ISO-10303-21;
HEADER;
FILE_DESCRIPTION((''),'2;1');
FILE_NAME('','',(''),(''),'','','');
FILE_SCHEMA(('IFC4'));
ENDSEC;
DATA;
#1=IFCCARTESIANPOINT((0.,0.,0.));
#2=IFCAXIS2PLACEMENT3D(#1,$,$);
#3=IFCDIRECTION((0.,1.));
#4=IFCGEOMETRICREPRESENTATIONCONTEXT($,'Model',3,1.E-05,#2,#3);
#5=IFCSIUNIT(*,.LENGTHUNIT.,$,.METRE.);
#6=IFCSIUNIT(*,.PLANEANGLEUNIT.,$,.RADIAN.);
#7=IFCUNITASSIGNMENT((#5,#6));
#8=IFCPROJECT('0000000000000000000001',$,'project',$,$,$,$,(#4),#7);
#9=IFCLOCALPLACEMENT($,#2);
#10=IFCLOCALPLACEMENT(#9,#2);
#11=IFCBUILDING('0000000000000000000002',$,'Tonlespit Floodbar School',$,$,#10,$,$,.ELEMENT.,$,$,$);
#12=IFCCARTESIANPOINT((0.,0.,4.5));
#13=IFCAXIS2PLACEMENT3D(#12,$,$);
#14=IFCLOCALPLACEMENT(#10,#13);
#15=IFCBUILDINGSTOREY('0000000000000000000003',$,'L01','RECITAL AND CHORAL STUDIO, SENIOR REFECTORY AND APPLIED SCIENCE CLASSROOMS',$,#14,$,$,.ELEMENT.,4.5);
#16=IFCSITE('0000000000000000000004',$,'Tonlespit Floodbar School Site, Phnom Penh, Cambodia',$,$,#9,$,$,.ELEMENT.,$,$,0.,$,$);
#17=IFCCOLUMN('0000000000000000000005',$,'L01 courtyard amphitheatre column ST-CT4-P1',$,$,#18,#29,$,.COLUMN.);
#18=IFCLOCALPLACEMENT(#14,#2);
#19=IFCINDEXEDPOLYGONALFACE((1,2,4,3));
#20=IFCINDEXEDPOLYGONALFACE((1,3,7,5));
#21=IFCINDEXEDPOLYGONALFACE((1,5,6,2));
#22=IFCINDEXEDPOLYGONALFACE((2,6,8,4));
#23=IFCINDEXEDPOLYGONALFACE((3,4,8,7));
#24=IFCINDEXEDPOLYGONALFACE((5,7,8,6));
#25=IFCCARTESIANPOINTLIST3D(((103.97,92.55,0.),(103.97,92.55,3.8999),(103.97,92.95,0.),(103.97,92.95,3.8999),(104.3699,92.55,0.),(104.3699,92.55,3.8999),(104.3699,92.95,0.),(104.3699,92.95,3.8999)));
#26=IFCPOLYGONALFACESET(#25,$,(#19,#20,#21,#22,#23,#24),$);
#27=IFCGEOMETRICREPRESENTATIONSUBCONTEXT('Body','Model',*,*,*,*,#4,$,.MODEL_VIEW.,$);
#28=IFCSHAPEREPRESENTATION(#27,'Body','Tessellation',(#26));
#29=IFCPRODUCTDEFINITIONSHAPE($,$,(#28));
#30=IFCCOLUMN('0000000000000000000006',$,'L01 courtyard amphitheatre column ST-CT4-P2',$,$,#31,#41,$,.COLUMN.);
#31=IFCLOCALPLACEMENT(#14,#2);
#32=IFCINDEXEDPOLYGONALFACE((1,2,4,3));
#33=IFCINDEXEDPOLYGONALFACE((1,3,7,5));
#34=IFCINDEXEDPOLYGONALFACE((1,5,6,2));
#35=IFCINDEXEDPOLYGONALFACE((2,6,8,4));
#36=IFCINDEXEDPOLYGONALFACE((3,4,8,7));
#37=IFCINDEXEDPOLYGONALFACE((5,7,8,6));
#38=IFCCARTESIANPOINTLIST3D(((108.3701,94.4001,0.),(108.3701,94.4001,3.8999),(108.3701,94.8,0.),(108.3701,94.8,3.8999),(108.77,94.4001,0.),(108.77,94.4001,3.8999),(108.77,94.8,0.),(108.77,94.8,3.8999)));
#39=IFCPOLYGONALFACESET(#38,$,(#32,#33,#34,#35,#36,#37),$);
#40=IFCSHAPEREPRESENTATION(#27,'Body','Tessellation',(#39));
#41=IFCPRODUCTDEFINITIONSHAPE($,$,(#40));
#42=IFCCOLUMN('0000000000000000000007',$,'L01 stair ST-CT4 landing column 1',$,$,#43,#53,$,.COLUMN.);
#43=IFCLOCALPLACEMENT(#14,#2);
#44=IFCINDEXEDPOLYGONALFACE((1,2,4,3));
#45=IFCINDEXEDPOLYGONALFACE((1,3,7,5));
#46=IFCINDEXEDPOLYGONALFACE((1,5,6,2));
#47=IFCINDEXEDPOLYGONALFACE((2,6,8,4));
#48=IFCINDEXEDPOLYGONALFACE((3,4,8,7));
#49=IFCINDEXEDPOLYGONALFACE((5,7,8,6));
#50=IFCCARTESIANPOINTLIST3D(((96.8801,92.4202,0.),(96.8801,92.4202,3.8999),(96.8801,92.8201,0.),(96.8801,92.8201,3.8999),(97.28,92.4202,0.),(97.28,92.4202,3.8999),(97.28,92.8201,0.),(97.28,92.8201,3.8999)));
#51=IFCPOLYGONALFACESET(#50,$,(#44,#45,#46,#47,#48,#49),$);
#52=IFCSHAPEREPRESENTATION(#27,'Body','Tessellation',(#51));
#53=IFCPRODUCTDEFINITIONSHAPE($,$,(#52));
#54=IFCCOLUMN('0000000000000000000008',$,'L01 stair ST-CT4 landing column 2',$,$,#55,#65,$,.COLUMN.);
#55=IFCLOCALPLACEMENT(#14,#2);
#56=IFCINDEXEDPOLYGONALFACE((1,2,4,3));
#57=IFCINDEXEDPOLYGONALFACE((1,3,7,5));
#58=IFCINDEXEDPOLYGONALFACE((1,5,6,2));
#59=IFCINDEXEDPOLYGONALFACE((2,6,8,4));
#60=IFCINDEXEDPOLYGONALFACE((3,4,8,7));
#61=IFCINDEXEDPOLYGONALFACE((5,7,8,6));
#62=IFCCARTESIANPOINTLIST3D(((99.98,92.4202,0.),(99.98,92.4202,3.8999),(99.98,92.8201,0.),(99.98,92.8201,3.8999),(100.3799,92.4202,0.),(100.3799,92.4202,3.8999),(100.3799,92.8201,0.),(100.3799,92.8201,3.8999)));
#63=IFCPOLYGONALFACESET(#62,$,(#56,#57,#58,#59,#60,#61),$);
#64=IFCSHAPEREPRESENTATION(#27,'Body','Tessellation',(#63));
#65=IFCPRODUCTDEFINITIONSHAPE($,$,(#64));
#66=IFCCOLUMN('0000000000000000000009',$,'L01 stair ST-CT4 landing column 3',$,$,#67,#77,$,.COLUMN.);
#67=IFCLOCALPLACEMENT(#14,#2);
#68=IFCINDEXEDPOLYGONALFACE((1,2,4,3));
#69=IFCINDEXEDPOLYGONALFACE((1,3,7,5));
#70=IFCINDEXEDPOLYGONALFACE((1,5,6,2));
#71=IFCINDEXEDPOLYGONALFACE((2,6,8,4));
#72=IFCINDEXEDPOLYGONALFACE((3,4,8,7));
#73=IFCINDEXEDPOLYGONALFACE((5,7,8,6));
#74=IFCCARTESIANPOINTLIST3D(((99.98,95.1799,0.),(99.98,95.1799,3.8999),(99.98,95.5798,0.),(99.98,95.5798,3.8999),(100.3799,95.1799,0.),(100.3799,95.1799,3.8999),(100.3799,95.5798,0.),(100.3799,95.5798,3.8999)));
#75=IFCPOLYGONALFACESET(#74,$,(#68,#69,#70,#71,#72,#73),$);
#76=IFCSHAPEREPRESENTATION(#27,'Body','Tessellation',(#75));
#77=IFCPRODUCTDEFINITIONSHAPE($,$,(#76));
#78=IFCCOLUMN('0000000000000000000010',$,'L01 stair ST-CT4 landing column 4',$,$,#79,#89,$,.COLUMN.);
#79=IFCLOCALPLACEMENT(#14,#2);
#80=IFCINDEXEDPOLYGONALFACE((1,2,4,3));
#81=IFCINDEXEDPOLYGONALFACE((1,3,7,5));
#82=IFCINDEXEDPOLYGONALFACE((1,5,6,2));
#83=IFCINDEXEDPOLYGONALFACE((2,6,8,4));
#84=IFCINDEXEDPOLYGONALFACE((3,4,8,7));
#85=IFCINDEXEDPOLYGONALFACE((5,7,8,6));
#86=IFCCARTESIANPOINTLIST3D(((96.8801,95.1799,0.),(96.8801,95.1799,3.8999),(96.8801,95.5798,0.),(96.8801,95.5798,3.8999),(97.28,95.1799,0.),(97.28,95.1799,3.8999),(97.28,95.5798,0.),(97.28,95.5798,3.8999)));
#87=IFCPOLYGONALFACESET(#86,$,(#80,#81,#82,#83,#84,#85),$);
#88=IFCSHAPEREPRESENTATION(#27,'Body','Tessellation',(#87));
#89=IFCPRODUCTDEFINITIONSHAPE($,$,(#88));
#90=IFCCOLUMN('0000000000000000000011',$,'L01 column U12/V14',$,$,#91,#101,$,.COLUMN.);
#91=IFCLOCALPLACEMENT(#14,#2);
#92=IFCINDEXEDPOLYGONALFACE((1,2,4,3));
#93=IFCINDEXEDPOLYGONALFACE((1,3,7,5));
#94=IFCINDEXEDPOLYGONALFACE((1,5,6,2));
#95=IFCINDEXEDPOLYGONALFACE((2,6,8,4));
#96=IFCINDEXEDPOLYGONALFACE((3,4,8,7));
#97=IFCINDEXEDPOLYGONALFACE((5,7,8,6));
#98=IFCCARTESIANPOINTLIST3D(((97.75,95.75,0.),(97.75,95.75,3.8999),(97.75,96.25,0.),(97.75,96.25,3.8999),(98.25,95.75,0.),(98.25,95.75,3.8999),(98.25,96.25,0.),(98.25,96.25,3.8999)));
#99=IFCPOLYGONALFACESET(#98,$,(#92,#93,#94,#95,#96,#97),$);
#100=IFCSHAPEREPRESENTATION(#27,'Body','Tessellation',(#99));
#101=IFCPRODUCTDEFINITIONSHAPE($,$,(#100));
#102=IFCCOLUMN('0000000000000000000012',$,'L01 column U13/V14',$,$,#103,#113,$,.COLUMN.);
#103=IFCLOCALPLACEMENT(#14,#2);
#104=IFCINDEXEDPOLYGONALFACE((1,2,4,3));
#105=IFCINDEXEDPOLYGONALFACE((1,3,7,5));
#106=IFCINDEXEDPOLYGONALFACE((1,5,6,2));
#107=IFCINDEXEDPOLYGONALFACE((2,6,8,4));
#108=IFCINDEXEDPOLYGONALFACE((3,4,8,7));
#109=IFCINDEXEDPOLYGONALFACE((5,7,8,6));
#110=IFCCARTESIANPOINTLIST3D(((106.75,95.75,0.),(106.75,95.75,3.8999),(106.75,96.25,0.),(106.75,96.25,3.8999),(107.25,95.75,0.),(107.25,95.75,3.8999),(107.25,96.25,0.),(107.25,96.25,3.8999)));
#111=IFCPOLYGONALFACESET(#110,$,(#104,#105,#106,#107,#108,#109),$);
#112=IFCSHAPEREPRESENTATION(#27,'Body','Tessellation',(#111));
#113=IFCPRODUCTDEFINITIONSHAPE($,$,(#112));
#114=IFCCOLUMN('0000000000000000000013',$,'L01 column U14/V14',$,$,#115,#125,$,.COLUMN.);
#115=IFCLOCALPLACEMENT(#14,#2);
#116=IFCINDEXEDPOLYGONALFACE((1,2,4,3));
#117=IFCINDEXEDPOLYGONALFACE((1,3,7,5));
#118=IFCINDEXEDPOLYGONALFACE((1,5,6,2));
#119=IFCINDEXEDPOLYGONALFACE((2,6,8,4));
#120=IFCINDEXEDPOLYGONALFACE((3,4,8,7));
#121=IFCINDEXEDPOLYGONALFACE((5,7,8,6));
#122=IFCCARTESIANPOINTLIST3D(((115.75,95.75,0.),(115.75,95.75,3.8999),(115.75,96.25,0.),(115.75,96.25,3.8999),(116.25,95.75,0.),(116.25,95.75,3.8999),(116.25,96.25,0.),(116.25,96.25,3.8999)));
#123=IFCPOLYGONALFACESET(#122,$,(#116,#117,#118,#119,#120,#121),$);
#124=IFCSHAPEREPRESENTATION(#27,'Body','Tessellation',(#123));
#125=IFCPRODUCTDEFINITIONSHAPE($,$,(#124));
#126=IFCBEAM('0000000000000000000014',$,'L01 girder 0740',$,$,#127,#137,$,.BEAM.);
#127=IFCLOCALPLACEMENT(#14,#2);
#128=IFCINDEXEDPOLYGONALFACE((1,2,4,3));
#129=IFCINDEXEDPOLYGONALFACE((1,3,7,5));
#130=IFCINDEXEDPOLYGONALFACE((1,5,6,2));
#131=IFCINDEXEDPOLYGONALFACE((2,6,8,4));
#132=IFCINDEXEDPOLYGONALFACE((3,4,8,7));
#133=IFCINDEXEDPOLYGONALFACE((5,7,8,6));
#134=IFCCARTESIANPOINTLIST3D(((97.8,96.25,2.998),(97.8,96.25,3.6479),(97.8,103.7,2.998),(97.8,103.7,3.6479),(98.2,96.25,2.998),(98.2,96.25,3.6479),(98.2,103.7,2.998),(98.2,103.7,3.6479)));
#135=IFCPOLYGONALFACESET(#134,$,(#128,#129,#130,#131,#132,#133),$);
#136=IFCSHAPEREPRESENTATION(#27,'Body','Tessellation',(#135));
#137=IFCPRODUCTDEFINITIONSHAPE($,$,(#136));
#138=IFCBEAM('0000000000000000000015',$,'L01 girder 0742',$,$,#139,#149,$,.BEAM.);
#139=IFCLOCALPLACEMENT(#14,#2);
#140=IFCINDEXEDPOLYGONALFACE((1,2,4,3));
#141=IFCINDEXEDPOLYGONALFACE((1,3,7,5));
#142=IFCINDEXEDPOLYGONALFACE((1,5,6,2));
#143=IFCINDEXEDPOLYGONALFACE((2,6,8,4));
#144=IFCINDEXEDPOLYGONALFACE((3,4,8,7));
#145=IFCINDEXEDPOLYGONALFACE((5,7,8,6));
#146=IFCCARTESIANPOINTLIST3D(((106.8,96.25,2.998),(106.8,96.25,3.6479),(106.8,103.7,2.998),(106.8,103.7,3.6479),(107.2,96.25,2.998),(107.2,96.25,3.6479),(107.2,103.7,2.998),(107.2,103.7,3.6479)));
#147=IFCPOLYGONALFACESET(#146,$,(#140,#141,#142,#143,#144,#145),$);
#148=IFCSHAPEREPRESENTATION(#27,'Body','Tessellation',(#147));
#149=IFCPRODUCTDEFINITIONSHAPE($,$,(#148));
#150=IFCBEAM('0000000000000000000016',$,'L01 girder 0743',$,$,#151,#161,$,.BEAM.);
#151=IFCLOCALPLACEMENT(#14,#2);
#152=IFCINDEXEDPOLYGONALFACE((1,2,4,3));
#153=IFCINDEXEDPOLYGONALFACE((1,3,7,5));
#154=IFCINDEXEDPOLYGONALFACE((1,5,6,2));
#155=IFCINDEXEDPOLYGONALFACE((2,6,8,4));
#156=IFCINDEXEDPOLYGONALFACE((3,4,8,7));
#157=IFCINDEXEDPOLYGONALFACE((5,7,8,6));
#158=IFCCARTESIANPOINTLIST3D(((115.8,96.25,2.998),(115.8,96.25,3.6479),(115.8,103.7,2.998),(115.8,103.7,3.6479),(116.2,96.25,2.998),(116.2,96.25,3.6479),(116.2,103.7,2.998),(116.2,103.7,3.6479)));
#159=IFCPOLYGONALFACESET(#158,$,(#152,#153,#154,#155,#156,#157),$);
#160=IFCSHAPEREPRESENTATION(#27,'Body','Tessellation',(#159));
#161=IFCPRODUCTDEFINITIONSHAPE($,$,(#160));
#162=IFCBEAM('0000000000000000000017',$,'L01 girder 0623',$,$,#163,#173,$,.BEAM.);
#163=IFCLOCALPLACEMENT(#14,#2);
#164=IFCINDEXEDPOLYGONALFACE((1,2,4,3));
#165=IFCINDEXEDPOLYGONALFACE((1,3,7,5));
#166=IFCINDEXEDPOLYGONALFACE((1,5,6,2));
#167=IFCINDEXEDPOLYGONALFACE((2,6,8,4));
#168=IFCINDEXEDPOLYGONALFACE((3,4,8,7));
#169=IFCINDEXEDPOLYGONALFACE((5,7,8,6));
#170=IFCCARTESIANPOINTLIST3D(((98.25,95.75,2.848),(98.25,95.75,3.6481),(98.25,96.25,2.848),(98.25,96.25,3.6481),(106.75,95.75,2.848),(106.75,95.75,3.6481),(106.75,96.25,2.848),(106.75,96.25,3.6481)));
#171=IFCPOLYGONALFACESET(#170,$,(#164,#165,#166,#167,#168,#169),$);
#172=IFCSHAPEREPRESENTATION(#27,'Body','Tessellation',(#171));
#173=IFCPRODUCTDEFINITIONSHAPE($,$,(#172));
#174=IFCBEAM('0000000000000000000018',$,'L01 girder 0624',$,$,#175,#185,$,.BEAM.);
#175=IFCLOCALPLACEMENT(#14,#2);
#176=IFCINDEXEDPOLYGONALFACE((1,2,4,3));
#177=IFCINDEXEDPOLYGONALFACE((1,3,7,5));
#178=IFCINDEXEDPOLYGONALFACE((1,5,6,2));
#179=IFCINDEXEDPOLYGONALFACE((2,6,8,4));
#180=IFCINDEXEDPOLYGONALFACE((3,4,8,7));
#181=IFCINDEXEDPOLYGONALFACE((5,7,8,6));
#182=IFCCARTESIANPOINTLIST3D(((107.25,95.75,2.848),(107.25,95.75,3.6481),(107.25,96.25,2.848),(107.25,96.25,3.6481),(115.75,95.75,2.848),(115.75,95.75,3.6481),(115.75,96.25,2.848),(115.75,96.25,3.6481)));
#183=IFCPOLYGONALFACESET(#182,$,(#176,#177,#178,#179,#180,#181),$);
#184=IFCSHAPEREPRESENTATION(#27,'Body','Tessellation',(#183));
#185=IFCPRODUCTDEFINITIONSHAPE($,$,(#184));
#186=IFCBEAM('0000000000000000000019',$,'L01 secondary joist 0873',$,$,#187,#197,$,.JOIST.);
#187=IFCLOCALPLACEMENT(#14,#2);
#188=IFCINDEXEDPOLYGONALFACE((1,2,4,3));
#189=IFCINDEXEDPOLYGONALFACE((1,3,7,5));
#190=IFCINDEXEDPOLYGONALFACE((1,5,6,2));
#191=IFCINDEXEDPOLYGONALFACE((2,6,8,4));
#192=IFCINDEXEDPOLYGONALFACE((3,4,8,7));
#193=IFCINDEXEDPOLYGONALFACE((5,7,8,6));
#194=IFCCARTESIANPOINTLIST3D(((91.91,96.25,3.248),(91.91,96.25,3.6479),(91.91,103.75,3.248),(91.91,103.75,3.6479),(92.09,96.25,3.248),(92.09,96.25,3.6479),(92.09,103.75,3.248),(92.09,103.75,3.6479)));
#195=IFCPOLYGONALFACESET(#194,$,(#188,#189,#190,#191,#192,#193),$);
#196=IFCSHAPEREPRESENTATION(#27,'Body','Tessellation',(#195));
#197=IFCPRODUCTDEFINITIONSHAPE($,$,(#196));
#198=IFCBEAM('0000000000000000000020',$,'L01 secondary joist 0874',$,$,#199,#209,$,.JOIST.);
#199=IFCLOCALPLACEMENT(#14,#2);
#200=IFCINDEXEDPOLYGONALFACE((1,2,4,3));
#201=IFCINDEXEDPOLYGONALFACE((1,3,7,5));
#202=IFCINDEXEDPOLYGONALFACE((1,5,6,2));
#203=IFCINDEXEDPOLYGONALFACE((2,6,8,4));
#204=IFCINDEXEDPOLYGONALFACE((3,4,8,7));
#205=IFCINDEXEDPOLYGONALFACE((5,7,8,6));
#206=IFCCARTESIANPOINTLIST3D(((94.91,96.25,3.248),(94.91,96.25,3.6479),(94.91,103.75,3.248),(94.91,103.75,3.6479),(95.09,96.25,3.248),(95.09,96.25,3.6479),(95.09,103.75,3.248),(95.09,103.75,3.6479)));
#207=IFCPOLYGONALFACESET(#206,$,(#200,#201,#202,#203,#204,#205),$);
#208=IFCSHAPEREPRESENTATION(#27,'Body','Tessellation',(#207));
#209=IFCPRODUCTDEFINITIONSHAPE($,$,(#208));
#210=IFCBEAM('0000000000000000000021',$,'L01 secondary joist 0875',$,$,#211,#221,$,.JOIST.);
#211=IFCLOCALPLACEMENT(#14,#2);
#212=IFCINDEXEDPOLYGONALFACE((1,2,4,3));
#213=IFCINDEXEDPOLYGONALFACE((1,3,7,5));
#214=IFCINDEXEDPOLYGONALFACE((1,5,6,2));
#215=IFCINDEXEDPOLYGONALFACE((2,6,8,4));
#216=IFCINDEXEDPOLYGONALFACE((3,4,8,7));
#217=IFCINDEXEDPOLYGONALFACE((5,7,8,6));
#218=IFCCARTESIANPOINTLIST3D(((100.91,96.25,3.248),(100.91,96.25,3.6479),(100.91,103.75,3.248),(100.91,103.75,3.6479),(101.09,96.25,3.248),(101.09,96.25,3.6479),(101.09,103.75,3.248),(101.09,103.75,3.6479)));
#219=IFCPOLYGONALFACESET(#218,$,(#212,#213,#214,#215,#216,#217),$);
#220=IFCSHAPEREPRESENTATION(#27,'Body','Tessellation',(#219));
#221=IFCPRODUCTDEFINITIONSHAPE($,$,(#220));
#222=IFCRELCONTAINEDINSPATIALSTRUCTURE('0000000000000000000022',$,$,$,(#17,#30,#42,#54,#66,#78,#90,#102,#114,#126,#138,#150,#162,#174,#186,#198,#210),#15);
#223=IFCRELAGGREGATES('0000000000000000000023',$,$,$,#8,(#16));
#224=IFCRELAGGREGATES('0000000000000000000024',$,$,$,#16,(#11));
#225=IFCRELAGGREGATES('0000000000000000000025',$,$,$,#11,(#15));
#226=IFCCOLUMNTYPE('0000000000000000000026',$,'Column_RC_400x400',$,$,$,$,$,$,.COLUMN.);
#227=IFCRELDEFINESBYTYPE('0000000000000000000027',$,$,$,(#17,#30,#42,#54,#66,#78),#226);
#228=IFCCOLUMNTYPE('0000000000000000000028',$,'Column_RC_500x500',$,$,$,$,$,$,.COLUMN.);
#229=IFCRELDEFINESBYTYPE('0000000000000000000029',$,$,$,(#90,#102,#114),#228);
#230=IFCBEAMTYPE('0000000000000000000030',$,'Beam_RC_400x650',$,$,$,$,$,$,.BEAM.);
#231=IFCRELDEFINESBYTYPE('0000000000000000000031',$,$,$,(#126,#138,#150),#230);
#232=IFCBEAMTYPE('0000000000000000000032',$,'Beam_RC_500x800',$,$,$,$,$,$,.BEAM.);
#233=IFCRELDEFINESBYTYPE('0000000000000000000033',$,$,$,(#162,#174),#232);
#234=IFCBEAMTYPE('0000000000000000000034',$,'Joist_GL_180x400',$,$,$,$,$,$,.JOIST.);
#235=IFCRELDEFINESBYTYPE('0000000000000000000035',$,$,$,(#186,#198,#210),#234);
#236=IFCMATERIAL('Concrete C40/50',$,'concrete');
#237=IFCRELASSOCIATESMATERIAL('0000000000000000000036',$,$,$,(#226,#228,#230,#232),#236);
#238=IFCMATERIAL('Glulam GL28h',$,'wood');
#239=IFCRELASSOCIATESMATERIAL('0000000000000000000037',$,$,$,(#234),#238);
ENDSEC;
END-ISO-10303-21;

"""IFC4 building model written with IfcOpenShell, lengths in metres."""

from ifc_helpers import new_model, si_unit, direction, frame, origin, origin_2d, place, context, subcontext, project, spatial, rectangle, extrude, material, material_profile, profile_set, type_object, element, save


model = new_model("IFC4")

# Units and contexts
model_context = context("Model", 3, precision=1e-05, world=origin(), true_north=direction((0.0, 1.0)))
body_context = subcontext(model_context, "Body", "Model", "MODEL_VIEW")
ifc_project = project(units=[si_unit("LENGTHUNIT", "METRE"), si_unit("PLANEANGLEUNIT", "RADIAN")], contexts=[model_context])

# Site, building, storey
site_placement = place(None, origin())
site = spatial("IfcSite", under=ifc_project, at=site_placement, Name="Tonlespit Floodbar School Site, Phnom Penh, Cambodia", CompositionType="ELEMENT", RefElevation=0.0)
building_placement = place(site_placement, origin())
building = spatial("IfcBuilding", under=site, at=building_placement, Name="Tonlespit Floodbar School", CompositionType="ELEMENT")
storey_placement = place(building_placement, frame((0.0, 0.0, 4.5)))
storey = spatial("IfcBuildingStorey", under=building, at=storey_placement, Name="L01", Description="RECITAL AND CHORAL STUDIO, SENIOR REFECTORY AND APPLIED SCIENCE CLASSROOMS", CompositionType="ELEMENT", Elevation=4.5)

# Columns
ifc_material_1 = material(Name="Concrete C40/50", Category="concrete")
ifc_material_profile_1 = material_profile(ifc_material_1, rectangle(XDim=0.3999, YDim=0.3999, at=origin_2d()), Name="RC 400x400")
ifc_profile_set_1 = profile_set([ifc_material_profile_1], Name="Concrete C40/50")
column_type_1 = type_object("IfcColumnType", Name="Column_RC_400x400", PredefinedType="COLUMN", material=ifc_profile_set_1)
for number, where, z_axis, x_axis, name in (
    (1, (104.1699, 92.75, 0.0), (0.0, 0.0, 1.0), (1.0, 0.0, 0.0), "L01 courtyard amphitheatre column ST-CT4-P1"),
    (2, (108.5701, 94.6001, 0.0), (0.0, 0.0, 1.0), (1.0, 0.0, 0.0), "L01 courtyard amphitheatre column ST-CT4-P2"),
    (3, (97.0801, 92.6201, 0.0), (0.0, 0.0, 1.0), (1.0, 0.0, 0.0), "L01 stair ST-CT4 landing column 1"),
    (4, (100.1799, 92.6201, 0.0), (0.0, 0.0, 1.0), (1.0, 0.0, 0.0), "L01 stair ST-CT4 landing column 2"),
    (5, (100.1799, 95.3799, 0.0), (0.0, 0.0, 1.0), (1.0, 0.0, 0.0), "L01 stair ST-CT4 landing column 3"),
    (6, (97.0801, 95.3799, 0.0), (0.0, 0.0, 1.0), (1.0, 0.0, 0.0), "L01 stair ST-CT4 landing column 4"),
):
    element("IfcColumn", number, at=place(storey_placement, frame(where, z_axis=z_axis, x_axis=x_axis)), inside=storey, type_object=column_type_1, Name=name, PredefinedType="COLUMN", context=body_context, shape_type="SweptSolid", body=[
        extrude(rectangle(XDim=0.3999, YDim=0.3999, at=origin_2d()), origin(), (0.0, 0.0, 1.0), 3.8999),
    ])
ifc_material_profile_2 = material_profile(ifc_material_1, rectangle(XDim=0.5, YDim=0.5, at=origin_2d()), Name="RC 500x500")
ifc_profile_set_2 = profile_set([ifc_material_profile_2], Name="Concrete C40/50")
column_type_2 = type_object("IfcColumnType", Name="Column_RC_500x500", PredefinedType="COLUMN", material=ifc_profile_set_2)
for number, where, z_axis, x_axis, name in (
    (7, (98.0, 96.0, 0.0), (0.0, 0.0, 1.0), (1.0, 0.0, 0.0), "L01 column U12/V14"),
    (8, (107.0, 96.0, 0.0), (0.0, 0.0, 1.0), (1.0, 0.0, 0.0), "L01 column U13/V14"),
    (9, (116.0, 96.0, 0.0), (0.0, 0.0, 1.0), (1.0, 0.0, 0.0), "L01 column U14/V14"),
):
    element("IfcColumn", number, at=place(storey_placement, frame(where, z_axis=z_axis, x_axis=x_axis)), inside=storey, type_object=column_type_2, Name=name, PredefinedType="COLUMN", context=body_context, shape_type="SweptSolid", body=[
        extrude(rectangle(XDim=0.5, YDim=0.5, at=origin_2d()), origin(), (0.0, 0.0, 1.0), 3.8999),
    ])

# Beams
ifc_material_profile_3 = material_profile(ifc_material_1, rectangle(XDim=0.3999, YDim=0.6499, at=origin_2d()), Name="RC 400x650")
ifc_profile_set_3 = profile_set([ifc_material_profile_3], Name="Concrete C40/50")
beam_type_1 = type_object("IfcBeamType", Name="Beam_RC_400x650", PredefinedType="BEAM", material=ifc_profile_set_3)
for number, where, z_axis, x_axis, name in (
    (10, (98.0, 96.25, 3.323), (0.0, 1.0, 0.0), (-1.0, 0.0, 0.0), "L01 girder 0740"),
    (11, (107.0, 96.25, 3.323), (0.0, 1.0, 0.0), (-1.0, 0.0, 0.0), "L01 girder 0742"),
    (12, (116.0, 96.25, 3.323), (0.0, 1.0, 0.0), (-1.0, 0.0, 0.0), "L01 girder 0743"),
):
    element("IfcBeam", number, at=place(storey_placement, frame(where, z_axis=z_axis, x_axis=x_axis)), inside=storey, type_object=beam_type_1, Name=name, PredefinedType="BEAM", context=body_context, shape_type="SweptSolid", body=[
        extrude(rectangle(XDim=0.3999, YDim=0.6499, at=origin_2d()), origin(), (0.0, 0.0, 1.0), 7.45),
    ])
ifc_material_profile_4 = material_profile(ifc_material_1, rectangle(XDim=0.5, YDim=0.8, at=origin_2d()), Name="RC 500x800")
ifc_profile_set_4 = profile_set([ifc_material_profile_4], Name="Concrete C40/50")
beam_type_2 = type_object("IfcBeamType", Name="Beam_RC_500x800", PredefinedType="BEAM", material=ifc_profile_set_4)
for number, where, z_axis, x_axis, name in (
    (13, (98.25, 96.0, 3.248), (1.0, 0.0, 0.0), (0.0, 1.0, 0.0), "L01 girder 0623"),
    (14, (107.25, 96.0, 3.248), (1.0, 0.0, 0.0), (0.0, 1.0, 0.0), "L01 girder 0624"),
):
    element("IfcBeam", number, at=place(storey_placement, frame(where, z_axis=z_axis, x_axis=x_axis)), inside=storey, type_object=beam_type_2, Name=name, PredefinedType="BEAM", context=body_context, shape_type="SweptSolid", body=[
        extrude(rectangle(XDim=0.5, YDim=0.8, at=origin_2d()), origin(), (0.0, 0.0, 1.0), 8.5),
    ])
ifc_material_2 = material(Name="Glulam GL28h", Category="wood")
ifc_material_profile_5 = material_profile(ifc_material_2, rectangle(XDim=0.1799, YDim=0.3999, at=origin_2d()), Name="GL 180x400")
ifc_profile_set_5 = profile_set([ifc_material_profile_5], Name="Glulam GL28h")
beam_type_3 = type_object("IfcBeamType", Name="Joist_GL_180x400", PredefinedType="JOIST", material=ifc_profile_set_5)
for number, where, z_axis, x_axis, name in (
    (15, (92.0, 96.25, 3.448), (0.0, 1.0, 0.0), (-1.0, 0.0, 0.0), "L01 secondary joist 0873"),
    (16, (95.0, 96.25, 3.448), (0.0, 1.0, 0.0), (-1.0, 0.0, 0.0), "L01 secondary joist 0874"),
    (17, (101.0, 96.25, 3.448), (0.0, 1.0, 0.0), (-1.0, 0.0, 0.0), "L01 secondary joist 0875"),
):
    element("IfcBeam", number, at=place(storey_placement, frame(where, z_axis=z_axis, x_axis=x_axis)), inside=storey, type_object=beam_type_3, Name=name, PredefinedType="JOIST", context=body_context, shape_type="SweptSolid", body=[
        extrude(rectangle(XDim=0.1799, YDim=0.3999, at=origin_2d()), origin(), (0.0, 0.0, 1.0), 7.5),
    ])

save(model, "model.ifc")
